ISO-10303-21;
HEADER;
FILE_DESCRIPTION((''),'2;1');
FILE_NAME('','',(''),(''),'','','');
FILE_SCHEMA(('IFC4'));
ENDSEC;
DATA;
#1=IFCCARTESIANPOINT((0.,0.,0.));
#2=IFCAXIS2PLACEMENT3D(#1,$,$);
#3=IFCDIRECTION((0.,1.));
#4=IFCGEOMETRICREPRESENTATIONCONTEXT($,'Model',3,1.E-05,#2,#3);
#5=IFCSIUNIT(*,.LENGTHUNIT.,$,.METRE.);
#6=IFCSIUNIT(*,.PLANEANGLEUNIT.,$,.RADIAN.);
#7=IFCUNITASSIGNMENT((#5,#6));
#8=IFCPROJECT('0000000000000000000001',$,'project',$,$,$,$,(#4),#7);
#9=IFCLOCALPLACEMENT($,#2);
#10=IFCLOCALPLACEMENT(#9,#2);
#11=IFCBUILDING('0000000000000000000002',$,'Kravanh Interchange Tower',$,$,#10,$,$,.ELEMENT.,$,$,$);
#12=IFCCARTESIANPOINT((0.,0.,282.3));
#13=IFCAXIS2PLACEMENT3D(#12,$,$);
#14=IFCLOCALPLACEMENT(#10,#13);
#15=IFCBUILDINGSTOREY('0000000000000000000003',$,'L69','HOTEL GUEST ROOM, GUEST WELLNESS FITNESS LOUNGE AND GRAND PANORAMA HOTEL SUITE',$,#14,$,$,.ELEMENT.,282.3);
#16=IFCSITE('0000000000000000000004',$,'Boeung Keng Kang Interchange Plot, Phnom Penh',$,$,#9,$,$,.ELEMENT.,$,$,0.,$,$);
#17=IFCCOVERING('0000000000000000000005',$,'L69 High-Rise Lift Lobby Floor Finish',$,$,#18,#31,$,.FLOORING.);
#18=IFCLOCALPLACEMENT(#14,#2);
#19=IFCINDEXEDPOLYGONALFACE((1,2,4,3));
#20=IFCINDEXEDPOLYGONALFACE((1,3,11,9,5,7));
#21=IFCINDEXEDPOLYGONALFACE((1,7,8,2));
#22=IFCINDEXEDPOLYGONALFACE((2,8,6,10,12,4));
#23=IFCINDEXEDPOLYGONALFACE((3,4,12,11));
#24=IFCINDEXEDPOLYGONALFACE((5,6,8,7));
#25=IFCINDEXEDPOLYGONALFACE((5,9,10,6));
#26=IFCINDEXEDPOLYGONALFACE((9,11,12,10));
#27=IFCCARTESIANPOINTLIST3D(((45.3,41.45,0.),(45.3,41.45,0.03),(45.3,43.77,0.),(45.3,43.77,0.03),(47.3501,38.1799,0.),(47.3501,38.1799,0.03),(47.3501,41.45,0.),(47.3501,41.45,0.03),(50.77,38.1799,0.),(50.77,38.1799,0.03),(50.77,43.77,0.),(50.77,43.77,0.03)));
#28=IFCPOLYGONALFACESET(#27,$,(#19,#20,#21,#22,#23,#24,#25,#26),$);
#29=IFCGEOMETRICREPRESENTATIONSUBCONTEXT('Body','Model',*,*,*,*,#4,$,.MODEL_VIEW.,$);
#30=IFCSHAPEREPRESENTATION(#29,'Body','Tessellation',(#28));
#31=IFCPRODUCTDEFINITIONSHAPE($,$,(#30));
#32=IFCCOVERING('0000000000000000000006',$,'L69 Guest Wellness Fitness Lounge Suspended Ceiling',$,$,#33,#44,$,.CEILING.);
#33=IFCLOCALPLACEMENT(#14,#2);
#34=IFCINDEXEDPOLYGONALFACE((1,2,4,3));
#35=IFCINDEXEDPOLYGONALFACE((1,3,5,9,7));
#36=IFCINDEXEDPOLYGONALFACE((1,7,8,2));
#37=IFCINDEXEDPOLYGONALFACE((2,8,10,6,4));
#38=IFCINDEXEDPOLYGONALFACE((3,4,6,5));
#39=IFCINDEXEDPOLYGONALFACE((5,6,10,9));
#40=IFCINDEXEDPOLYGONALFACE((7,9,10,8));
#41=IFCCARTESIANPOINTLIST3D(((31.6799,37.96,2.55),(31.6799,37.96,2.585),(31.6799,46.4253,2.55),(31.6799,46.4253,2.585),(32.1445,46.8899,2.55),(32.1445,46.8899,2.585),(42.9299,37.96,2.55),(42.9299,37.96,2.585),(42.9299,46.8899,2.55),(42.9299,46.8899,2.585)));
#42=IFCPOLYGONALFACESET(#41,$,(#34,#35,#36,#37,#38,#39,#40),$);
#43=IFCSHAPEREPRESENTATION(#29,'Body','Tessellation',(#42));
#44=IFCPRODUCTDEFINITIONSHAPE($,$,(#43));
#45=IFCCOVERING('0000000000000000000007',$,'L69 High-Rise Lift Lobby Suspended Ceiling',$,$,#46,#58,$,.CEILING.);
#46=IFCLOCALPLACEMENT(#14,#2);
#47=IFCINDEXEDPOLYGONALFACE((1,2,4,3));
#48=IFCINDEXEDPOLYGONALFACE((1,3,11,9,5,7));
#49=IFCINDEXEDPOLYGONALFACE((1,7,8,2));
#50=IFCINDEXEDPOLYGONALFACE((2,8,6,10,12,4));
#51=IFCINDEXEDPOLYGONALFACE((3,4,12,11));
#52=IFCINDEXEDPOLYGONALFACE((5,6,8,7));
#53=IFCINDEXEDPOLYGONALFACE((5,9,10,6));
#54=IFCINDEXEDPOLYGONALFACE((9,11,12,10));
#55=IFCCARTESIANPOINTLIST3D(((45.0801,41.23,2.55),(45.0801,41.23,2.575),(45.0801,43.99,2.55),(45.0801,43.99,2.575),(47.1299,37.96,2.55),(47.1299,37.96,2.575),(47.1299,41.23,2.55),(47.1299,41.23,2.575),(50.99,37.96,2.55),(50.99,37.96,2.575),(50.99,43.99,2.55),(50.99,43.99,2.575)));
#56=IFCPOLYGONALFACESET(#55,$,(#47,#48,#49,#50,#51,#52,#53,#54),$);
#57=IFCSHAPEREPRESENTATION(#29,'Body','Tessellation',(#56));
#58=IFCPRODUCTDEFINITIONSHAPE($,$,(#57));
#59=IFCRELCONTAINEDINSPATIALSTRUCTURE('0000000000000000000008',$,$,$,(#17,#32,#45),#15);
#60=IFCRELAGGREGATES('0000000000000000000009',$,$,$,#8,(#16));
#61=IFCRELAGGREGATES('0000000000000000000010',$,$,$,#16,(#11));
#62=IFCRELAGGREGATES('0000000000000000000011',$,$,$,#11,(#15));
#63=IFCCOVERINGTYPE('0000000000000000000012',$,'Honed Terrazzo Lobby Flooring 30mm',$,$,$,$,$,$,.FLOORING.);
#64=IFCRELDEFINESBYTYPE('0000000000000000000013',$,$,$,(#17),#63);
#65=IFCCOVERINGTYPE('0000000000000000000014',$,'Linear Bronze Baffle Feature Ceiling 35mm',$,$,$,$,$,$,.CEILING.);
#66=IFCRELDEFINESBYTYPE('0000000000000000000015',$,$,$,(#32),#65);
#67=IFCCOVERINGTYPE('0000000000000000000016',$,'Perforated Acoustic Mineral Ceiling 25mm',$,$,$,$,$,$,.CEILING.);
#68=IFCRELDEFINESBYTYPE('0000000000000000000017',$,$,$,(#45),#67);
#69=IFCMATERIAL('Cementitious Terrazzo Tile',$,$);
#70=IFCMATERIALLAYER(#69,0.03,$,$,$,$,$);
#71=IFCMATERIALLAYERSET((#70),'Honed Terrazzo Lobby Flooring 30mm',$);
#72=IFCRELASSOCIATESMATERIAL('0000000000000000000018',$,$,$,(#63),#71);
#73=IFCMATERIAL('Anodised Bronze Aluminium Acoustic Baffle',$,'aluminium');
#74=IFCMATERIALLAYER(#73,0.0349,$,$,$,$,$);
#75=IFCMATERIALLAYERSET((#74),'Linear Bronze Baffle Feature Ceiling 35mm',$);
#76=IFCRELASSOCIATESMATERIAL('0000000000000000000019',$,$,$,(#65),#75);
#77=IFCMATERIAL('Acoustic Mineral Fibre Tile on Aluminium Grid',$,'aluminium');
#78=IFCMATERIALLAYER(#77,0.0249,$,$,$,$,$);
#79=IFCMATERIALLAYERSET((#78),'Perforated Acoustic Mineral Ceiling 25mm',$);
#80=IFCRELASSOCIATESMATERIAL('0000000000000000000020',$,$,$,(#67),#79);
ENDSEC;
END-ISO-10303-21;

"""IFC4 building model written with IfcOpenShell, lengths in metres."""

from ifc_helpers import new_model, si_unit, direction, frame, origin, place, context, subcontext, project, spatial, polyline, outline, extrude, material, layer, layer_set, type_object, element, save


model = new_model("IFC4")

# Units and contexts
model_context = context("Model", 3, precision=1e-05, world=origin(), true_north=direction((0.0, 1.0)))
body_context = subcontext(model_context, "Body", "Model", "MODEL_VIEW")
ifc_project = project(units=[si_unit("LENGTHUNIT", "METRE"), si_unit("PLANEANGLEUNIT", "RADIAN")], contexts=[model_context])

# Site, building, storey
site_placement = place(None, origin())
site = spatial("IfcSite", under=ifc_project, at=site_placement, Name="Boeung Keng Kang Interchange Plot, Phnom Penh", CompositionType="ELEMENT", RefElevation=0.0)
building_placement = place(site_placement, origin())
building = spatial("IfcBuilding", under=site, at=building_placement, Name="Kravanh Interchange Tower", CompositionType="ELEMENT")
storey_placement = place(building_placement, frame((0.0, 0.0, 282.3)))
storey = spatial("IfcBuildingStorey", under=building, at=storey_placement, Name="L69", Description="HOTEL GUEST ROOM, GUEST WELLNESS FITNESS LOUNGE AND GRAND PANORAMA HOTEL SUITE", CompositionType="ELEMENT", Elevation=282.3)

# Coverings
ifc_material_1 = material(Name="Cementitious Terrazzo Tile")
ifc_layer_1 = layer(ifc_material_1, 0.03)
ifc_layer_set_1 = layer_set([ifc_layer_1], Name="Honed Terrazzo Lobby Flooring 30mm")
covering_type_1 = type_object("IfcCoveringType", Name="Honed Terrazzo Lobby Flooring 30mm", PredefinedType="FLOORING", material=ifc_layer_set_1)
covering_1_placement = place(storey_placement, origin())
element("IfcCovering", 1, at=covering_1_placement, inside=storey, type_object=covering_type_1, Name="L69 High-Rise Lift Lobby Floor Finish", PredefinedType="FLOORING", context=body_context, shape_type="SweptSolid", body=[
    extrude(outline(polyline([(50.77, 43.77), (50.77, 38.1799), (47.3501, 38.1799), (47.3501, 41.45), (45.3, 41.45), (45.3, 43.77), (50.77, 43.77)])), origin(), (0.0, 0.0, 1.0), 0.03),
])
ifc_material_2 = material(Name="Anodised Bronze Aluminium Acoustic Baffle", Category="aluminium")
ifc_layer_2 = layer(ifc_material_2, 0.0349)
ifc_layer_set_2 = layer_set([ifc_layer_2], Name="Linear Bronze Baffle Feature Ceiling 35mm")
covering_type_2 = type_object("IfcCoveringType", Name="Linear Bronze Baffle Feature Ceiling 35mm", PredefinedType="CEILING", material=ifc_layer_set_2)
covering_2_placement = place(storey_placement, frame((0.0, 0.0, 2.55)))
element("IfcCovering", 2, at=covering_2_placement, inside=storey, type_object=covering_type_2, Name="L69 Guest Wellness Fitness Lounge Suspended Ceiling", PredefinedType="CEILING", context=body_context, shape_type="SweptSolid", body=[
    extrude(outline(polyline([(42.9299, 37.96), (31.6799, 37.96), (31.6799, 46.4253), (32.1445, 46.8899), (42.9299, 46.8899), (42.9299, 37.96)])), origin(), (0.0, 0.0, 1.0), 0.0349),
])
ifc_material_3 = material(Name="Acoustic Mineral Fibre Tile on Aluminium Grid", Category="aluminium")
ifc_layer_3 = layer(ifc_material_3, 0.0249)
ifc_layer_set_3 = layer_set([ifc_layer_3], Name="Perforated Acoustic Mineral Ceiling 25mm")
covering_type_3 = type_object("IfcCoveringType", Name="Perforated Acoustic Mineral Ceiling 25mm", PredefinedType="CEILING", material=ifc_layer_set_3)
covering_3_placement = place(storey_placement, frame((0.0, 0.0, 2.55)))
element("IfcCovering", 3, at=covering_3_placement, inside=storey, type_object=covering_type_3, Name="L69 High-Rise Lift Lobby Suspended Ceiling", PredefinedType="CEILING", context=body_context, shape_type="SweptSolid", body=[
    extrude(outline(polyline([(47.1299, 37.96), (47.1299, 41.23), (45.0801, 41.23), (45.0801, 43.99), (50.99, 43.99), (50.99, 37.96), (47.1299, 37.96)])), origin(), (0.0, 0.0, 1.0), 0.0249),
])

save(model, "model.ifc")
